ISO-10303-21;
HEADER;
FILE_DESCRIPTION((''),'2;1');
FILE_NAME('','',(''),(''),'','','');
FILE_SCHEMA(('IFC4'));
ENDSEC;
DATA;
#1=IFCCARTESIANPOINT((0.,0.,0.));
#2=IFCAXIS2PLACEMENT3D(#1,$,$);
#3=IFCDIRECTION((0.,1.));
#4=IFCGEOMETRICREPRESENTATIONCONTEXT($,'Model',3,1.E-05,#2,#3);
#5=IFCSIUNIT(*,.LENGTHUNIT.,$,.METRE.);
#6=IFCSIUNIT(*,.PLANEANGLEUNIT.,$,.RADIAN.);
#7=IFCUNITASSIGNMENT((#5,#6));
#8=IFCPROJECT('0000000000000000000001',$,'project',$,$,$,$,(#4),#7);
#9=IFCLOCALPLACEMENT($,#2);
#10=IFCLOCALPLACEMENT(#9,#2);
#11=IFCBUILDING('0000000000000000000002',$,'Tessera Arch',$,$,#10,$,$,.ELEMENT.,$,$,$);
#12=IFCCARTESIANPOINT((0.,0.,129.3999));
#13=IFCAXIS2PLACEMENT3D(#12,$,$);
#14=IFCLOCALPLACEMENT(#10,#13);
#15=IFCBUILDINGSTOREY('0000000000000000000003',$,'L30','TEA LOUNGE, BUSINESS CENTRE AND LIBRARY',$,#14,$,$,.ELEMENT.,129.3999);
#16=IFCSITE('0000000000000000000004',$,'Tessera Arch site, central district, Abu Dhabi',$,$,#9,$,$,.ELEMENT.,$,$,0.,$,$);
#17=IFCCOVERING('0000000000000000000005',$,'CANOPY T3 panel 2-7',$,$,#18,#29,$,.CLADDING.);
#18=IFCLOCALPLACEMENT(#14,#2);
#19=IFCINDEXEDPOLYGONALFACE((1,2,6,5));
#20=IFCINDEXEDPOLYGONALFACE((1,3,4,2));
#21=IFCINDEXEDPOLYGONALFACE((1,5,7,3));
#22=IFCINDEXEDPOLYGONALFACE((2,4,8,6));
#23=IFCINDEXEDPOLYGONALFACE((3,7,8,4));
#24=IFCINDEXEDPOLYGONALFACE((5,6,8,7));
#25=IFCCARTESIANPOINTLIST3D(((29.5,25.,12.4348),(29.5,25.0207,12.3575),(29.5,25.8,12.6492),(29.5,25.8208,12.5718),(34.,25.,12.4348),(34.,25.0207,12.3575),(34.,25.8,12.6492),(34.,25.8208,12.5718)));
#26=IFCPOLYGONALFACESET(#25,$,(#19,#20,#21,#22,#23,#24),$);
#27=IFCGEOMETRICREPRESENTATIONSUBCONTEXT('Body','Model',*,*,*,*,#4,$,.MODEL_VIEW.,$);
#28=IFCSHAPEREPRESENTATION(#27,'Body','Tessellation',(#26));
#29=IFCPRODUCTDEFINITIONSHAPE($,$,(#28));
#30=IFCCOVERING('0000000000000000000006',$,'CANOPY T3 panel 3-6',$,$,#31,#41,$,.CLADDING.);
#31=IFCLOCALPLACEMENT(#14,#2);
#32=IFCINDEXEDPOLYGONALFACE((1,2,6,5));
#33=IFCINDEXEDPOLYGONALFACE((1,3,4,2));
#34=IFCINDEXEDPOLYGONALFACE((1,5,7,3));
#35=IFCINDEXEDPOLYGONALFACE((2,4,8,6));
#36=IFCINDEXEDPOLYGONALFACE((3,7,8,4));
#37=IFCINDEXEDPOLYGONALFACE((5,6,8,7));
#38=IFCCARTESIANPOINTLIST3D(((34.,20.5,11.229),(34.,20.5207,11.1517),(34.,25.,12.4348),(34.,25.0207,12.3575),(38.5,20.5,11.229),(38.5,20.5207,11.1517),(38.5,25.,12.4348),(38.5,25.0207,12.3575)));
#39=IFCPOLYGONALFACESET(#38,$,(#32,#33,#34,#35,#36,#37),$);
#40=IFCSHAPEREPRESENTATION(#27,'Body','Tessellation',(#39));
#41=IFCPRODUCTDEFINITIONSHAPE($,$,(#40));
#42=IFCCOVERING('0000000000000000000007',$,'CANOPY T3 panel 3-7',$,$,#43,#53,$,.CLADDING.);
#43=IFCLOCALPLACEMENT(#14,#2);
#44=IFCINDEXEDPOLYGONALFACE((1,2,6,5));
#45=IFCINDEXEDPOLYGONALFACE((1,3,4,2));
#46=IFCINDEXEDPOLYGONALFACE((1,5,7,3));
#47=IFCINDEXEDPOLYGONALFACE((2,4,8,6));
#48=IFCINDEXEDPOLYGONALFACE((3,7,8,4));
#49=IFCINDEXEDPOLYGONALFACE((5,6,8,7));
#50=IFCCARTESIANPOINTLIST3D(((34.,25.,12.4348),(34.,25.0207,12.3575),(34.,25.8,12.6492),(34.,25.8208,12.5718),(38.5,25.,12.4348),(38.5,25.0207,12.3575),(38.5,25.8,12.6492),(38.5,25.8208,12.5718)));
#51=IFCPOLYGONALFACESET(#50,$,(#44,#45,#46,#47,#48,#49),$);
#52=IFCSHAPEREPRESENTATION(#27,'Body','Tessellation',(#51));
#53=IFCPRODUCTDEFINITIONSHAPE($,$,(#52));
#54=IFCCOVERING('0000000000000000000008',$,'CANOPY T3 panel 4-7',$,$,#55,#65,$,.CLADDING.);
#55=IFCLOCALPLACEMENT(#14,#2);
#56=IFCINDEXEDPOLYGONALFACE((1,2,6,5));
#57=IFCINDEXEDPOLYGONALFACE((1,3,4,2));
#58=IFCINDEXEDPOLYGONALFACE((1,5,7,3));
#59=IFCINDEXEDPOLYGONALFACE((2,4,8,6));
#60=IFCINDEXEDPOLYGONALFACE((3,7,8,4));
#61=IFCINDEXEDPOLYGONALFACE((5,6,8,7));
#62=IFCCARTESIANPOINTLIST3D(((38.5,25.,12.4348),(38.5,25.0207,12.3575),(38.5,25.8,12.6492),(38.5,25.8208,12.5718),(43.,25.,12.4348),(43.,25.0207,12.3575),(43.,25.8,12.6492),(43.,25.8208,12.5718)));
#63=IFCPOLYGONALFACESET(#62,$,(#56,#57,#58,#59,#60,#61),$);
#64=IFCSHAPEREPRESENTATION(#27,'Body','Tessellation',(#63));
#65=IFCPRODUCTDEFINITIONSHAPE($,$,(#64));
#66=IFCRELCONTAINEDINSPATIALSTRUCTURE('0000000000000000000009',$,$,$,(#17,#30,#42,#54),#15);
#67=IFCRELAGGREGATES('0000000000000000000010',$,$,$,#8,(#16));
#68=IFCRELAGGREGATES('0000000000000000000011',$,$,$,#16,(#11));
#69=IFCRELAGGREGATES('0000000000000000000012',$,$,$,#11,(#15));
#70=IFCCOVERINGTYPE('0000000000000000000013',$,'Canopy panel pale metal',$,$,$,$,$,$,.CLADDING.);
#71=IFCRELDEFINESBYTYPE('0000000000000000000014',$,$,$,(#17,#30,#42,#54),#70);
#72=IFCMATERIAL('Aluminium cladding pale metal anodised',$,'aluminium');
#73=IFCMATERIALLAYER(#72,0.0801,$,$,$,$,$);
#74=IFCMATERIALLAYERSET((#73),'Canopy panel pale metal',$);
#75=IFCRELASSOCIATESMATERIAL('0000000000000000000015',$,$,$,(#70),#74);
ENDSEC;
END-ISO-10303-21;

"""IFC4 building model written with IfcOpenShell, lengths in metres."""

from ifc_helpers import new_model, si_unit, direction, frame, origin, place, context, subcontext, project, spatial, polyline, outline, extrude, material, layer, layer_set, type_object, element, save


model = new_model("IFC4")

# Units and contexts
model_context = context("Model", 3, precision=1e-05, world=origin(), true_north=direction((0.0, 1.0)))
body_context = subcontext(model_context, "Body", "Model", "MODEL_VIEW")
ifc_project = project(units=[si_unit("LENGTHUNIT", "METRE"), si_unit("PLANEANGLEUNIT", "RADIAN")], contexts=[model_context])

# Site, building, storey
site_placement = place(None, origin())
site = spatial("IfcSite", under=ifc_project, at=site_placement, Name="Tessera Arch site, central district, Abu Dhabi", CompositionType="ELEMENT", RefElevation=0.0)
building_placement = place(site_placement, origin())
building = spatial("IfcBuilding", under=site, at=building_placement, Name="Tessera Arch", CompositionType="ELEMENT")
storey_placement = place(building_placement, frame((0.0, 0.0, 129.3999)))
storey = spatial("IfcBuildingStorey", under=building, at=storey_placement, Name="L30", Description="TEA LOUNGE, BUSINESS CENTRE AND LIBRARY", CompositionType="ELEMENT", Elevation=129.3999)

# Coverings
ifc_material_1 = material(Name="Aluminium cladding pale metal anodised", Category="aluminium")
ifc_layer_1 = layer(ifc_material_1, 0.0801)
ifc_layer_set_1 = layer_set([ifc_layer_1], Name="Canopy panel pale metal")
covering_type = type_object("IfcCoveringType", Name="Canopy panel pale metal", PredefinedType="CLADDING", material=ifc_layer_set_1)
covering_1_placement = place(storey_placement, frame((29.5, 25.8, 12.6492), z_axis=(0.0, -0.2588, 0.965931), x_axis=(0.0, -0.965931, -0.2588)))
element("IfcCovering", 1, at=covering_1_placement, inside=storey, type_object=covering_type, Name="CANOPY T3 panel 2-7", PredefinedType="CLADDING", context=body_context, shape_type="SweptSolid", body=[
    extrude(outline(polyline([(0.0, 0.0), (0.8283, 0.0), (0.8283, 4.5), (0.0, 4.5), (0.0, 0.0)])), origin(), (0.0, 0.0, -1.0), 0.0801),
])
covering_2_placement = place(storey_placement, frame((38.5, 20.5, 11.229), z_axis=(0.0, -0.258827, 0.965924), x_axis=(0.0, 0.965924, 0.258827)))
element("IfcCovering", 2, at=covering_2_placement, inside=storey, type_object=covering_type, Name="CANOPY T3 panel 3-6", PredefinedType="CLADDING", context=body_context, shape_type="SweptSolid", body=[
    extrude(outline(polyline([(0.0, 0.0), (4.6588, 0.0), (4.6588, 4.5), (0.0, 4.5), (0.0, 0.0)])), origin(), (0.0, 0.0, -1.0), 0.0801),
])
for number, where, z_axis, x_axis, name in (
    (3, (34.0, 25.8, 12.6492), (0.0, -0.2588, 0.965931), (0.0, -0.965931, -0.2588), "CANOPY T3 panel 3-7"),
    (4, (38.5, 25.8, 12.6492), (0.0, -0.2588, 0.965931), (0.0, -0.965931, -0.2588), "CANOPY T3 panel 4-7"),
):
    element("IfcCovering", number, at=place(storey_placement, frame(where, z_axis=z_axis, x_axis=x_axis)), inside=storey, type_object=covering_type, Name=name, PredefinedType="CLADDING", context=body_context, shape_type="SweptSolid", body=[
        extrude(outline(polyline([(0.0, 0.0), (0.8283, 0.0), (0.8283, 4.5), (0.0, 4.5), (0.0, 0.0)])), origin(), (0.0, 0.0, -1.0), 0.0801),
    ])

save(model, "model.ifc")
